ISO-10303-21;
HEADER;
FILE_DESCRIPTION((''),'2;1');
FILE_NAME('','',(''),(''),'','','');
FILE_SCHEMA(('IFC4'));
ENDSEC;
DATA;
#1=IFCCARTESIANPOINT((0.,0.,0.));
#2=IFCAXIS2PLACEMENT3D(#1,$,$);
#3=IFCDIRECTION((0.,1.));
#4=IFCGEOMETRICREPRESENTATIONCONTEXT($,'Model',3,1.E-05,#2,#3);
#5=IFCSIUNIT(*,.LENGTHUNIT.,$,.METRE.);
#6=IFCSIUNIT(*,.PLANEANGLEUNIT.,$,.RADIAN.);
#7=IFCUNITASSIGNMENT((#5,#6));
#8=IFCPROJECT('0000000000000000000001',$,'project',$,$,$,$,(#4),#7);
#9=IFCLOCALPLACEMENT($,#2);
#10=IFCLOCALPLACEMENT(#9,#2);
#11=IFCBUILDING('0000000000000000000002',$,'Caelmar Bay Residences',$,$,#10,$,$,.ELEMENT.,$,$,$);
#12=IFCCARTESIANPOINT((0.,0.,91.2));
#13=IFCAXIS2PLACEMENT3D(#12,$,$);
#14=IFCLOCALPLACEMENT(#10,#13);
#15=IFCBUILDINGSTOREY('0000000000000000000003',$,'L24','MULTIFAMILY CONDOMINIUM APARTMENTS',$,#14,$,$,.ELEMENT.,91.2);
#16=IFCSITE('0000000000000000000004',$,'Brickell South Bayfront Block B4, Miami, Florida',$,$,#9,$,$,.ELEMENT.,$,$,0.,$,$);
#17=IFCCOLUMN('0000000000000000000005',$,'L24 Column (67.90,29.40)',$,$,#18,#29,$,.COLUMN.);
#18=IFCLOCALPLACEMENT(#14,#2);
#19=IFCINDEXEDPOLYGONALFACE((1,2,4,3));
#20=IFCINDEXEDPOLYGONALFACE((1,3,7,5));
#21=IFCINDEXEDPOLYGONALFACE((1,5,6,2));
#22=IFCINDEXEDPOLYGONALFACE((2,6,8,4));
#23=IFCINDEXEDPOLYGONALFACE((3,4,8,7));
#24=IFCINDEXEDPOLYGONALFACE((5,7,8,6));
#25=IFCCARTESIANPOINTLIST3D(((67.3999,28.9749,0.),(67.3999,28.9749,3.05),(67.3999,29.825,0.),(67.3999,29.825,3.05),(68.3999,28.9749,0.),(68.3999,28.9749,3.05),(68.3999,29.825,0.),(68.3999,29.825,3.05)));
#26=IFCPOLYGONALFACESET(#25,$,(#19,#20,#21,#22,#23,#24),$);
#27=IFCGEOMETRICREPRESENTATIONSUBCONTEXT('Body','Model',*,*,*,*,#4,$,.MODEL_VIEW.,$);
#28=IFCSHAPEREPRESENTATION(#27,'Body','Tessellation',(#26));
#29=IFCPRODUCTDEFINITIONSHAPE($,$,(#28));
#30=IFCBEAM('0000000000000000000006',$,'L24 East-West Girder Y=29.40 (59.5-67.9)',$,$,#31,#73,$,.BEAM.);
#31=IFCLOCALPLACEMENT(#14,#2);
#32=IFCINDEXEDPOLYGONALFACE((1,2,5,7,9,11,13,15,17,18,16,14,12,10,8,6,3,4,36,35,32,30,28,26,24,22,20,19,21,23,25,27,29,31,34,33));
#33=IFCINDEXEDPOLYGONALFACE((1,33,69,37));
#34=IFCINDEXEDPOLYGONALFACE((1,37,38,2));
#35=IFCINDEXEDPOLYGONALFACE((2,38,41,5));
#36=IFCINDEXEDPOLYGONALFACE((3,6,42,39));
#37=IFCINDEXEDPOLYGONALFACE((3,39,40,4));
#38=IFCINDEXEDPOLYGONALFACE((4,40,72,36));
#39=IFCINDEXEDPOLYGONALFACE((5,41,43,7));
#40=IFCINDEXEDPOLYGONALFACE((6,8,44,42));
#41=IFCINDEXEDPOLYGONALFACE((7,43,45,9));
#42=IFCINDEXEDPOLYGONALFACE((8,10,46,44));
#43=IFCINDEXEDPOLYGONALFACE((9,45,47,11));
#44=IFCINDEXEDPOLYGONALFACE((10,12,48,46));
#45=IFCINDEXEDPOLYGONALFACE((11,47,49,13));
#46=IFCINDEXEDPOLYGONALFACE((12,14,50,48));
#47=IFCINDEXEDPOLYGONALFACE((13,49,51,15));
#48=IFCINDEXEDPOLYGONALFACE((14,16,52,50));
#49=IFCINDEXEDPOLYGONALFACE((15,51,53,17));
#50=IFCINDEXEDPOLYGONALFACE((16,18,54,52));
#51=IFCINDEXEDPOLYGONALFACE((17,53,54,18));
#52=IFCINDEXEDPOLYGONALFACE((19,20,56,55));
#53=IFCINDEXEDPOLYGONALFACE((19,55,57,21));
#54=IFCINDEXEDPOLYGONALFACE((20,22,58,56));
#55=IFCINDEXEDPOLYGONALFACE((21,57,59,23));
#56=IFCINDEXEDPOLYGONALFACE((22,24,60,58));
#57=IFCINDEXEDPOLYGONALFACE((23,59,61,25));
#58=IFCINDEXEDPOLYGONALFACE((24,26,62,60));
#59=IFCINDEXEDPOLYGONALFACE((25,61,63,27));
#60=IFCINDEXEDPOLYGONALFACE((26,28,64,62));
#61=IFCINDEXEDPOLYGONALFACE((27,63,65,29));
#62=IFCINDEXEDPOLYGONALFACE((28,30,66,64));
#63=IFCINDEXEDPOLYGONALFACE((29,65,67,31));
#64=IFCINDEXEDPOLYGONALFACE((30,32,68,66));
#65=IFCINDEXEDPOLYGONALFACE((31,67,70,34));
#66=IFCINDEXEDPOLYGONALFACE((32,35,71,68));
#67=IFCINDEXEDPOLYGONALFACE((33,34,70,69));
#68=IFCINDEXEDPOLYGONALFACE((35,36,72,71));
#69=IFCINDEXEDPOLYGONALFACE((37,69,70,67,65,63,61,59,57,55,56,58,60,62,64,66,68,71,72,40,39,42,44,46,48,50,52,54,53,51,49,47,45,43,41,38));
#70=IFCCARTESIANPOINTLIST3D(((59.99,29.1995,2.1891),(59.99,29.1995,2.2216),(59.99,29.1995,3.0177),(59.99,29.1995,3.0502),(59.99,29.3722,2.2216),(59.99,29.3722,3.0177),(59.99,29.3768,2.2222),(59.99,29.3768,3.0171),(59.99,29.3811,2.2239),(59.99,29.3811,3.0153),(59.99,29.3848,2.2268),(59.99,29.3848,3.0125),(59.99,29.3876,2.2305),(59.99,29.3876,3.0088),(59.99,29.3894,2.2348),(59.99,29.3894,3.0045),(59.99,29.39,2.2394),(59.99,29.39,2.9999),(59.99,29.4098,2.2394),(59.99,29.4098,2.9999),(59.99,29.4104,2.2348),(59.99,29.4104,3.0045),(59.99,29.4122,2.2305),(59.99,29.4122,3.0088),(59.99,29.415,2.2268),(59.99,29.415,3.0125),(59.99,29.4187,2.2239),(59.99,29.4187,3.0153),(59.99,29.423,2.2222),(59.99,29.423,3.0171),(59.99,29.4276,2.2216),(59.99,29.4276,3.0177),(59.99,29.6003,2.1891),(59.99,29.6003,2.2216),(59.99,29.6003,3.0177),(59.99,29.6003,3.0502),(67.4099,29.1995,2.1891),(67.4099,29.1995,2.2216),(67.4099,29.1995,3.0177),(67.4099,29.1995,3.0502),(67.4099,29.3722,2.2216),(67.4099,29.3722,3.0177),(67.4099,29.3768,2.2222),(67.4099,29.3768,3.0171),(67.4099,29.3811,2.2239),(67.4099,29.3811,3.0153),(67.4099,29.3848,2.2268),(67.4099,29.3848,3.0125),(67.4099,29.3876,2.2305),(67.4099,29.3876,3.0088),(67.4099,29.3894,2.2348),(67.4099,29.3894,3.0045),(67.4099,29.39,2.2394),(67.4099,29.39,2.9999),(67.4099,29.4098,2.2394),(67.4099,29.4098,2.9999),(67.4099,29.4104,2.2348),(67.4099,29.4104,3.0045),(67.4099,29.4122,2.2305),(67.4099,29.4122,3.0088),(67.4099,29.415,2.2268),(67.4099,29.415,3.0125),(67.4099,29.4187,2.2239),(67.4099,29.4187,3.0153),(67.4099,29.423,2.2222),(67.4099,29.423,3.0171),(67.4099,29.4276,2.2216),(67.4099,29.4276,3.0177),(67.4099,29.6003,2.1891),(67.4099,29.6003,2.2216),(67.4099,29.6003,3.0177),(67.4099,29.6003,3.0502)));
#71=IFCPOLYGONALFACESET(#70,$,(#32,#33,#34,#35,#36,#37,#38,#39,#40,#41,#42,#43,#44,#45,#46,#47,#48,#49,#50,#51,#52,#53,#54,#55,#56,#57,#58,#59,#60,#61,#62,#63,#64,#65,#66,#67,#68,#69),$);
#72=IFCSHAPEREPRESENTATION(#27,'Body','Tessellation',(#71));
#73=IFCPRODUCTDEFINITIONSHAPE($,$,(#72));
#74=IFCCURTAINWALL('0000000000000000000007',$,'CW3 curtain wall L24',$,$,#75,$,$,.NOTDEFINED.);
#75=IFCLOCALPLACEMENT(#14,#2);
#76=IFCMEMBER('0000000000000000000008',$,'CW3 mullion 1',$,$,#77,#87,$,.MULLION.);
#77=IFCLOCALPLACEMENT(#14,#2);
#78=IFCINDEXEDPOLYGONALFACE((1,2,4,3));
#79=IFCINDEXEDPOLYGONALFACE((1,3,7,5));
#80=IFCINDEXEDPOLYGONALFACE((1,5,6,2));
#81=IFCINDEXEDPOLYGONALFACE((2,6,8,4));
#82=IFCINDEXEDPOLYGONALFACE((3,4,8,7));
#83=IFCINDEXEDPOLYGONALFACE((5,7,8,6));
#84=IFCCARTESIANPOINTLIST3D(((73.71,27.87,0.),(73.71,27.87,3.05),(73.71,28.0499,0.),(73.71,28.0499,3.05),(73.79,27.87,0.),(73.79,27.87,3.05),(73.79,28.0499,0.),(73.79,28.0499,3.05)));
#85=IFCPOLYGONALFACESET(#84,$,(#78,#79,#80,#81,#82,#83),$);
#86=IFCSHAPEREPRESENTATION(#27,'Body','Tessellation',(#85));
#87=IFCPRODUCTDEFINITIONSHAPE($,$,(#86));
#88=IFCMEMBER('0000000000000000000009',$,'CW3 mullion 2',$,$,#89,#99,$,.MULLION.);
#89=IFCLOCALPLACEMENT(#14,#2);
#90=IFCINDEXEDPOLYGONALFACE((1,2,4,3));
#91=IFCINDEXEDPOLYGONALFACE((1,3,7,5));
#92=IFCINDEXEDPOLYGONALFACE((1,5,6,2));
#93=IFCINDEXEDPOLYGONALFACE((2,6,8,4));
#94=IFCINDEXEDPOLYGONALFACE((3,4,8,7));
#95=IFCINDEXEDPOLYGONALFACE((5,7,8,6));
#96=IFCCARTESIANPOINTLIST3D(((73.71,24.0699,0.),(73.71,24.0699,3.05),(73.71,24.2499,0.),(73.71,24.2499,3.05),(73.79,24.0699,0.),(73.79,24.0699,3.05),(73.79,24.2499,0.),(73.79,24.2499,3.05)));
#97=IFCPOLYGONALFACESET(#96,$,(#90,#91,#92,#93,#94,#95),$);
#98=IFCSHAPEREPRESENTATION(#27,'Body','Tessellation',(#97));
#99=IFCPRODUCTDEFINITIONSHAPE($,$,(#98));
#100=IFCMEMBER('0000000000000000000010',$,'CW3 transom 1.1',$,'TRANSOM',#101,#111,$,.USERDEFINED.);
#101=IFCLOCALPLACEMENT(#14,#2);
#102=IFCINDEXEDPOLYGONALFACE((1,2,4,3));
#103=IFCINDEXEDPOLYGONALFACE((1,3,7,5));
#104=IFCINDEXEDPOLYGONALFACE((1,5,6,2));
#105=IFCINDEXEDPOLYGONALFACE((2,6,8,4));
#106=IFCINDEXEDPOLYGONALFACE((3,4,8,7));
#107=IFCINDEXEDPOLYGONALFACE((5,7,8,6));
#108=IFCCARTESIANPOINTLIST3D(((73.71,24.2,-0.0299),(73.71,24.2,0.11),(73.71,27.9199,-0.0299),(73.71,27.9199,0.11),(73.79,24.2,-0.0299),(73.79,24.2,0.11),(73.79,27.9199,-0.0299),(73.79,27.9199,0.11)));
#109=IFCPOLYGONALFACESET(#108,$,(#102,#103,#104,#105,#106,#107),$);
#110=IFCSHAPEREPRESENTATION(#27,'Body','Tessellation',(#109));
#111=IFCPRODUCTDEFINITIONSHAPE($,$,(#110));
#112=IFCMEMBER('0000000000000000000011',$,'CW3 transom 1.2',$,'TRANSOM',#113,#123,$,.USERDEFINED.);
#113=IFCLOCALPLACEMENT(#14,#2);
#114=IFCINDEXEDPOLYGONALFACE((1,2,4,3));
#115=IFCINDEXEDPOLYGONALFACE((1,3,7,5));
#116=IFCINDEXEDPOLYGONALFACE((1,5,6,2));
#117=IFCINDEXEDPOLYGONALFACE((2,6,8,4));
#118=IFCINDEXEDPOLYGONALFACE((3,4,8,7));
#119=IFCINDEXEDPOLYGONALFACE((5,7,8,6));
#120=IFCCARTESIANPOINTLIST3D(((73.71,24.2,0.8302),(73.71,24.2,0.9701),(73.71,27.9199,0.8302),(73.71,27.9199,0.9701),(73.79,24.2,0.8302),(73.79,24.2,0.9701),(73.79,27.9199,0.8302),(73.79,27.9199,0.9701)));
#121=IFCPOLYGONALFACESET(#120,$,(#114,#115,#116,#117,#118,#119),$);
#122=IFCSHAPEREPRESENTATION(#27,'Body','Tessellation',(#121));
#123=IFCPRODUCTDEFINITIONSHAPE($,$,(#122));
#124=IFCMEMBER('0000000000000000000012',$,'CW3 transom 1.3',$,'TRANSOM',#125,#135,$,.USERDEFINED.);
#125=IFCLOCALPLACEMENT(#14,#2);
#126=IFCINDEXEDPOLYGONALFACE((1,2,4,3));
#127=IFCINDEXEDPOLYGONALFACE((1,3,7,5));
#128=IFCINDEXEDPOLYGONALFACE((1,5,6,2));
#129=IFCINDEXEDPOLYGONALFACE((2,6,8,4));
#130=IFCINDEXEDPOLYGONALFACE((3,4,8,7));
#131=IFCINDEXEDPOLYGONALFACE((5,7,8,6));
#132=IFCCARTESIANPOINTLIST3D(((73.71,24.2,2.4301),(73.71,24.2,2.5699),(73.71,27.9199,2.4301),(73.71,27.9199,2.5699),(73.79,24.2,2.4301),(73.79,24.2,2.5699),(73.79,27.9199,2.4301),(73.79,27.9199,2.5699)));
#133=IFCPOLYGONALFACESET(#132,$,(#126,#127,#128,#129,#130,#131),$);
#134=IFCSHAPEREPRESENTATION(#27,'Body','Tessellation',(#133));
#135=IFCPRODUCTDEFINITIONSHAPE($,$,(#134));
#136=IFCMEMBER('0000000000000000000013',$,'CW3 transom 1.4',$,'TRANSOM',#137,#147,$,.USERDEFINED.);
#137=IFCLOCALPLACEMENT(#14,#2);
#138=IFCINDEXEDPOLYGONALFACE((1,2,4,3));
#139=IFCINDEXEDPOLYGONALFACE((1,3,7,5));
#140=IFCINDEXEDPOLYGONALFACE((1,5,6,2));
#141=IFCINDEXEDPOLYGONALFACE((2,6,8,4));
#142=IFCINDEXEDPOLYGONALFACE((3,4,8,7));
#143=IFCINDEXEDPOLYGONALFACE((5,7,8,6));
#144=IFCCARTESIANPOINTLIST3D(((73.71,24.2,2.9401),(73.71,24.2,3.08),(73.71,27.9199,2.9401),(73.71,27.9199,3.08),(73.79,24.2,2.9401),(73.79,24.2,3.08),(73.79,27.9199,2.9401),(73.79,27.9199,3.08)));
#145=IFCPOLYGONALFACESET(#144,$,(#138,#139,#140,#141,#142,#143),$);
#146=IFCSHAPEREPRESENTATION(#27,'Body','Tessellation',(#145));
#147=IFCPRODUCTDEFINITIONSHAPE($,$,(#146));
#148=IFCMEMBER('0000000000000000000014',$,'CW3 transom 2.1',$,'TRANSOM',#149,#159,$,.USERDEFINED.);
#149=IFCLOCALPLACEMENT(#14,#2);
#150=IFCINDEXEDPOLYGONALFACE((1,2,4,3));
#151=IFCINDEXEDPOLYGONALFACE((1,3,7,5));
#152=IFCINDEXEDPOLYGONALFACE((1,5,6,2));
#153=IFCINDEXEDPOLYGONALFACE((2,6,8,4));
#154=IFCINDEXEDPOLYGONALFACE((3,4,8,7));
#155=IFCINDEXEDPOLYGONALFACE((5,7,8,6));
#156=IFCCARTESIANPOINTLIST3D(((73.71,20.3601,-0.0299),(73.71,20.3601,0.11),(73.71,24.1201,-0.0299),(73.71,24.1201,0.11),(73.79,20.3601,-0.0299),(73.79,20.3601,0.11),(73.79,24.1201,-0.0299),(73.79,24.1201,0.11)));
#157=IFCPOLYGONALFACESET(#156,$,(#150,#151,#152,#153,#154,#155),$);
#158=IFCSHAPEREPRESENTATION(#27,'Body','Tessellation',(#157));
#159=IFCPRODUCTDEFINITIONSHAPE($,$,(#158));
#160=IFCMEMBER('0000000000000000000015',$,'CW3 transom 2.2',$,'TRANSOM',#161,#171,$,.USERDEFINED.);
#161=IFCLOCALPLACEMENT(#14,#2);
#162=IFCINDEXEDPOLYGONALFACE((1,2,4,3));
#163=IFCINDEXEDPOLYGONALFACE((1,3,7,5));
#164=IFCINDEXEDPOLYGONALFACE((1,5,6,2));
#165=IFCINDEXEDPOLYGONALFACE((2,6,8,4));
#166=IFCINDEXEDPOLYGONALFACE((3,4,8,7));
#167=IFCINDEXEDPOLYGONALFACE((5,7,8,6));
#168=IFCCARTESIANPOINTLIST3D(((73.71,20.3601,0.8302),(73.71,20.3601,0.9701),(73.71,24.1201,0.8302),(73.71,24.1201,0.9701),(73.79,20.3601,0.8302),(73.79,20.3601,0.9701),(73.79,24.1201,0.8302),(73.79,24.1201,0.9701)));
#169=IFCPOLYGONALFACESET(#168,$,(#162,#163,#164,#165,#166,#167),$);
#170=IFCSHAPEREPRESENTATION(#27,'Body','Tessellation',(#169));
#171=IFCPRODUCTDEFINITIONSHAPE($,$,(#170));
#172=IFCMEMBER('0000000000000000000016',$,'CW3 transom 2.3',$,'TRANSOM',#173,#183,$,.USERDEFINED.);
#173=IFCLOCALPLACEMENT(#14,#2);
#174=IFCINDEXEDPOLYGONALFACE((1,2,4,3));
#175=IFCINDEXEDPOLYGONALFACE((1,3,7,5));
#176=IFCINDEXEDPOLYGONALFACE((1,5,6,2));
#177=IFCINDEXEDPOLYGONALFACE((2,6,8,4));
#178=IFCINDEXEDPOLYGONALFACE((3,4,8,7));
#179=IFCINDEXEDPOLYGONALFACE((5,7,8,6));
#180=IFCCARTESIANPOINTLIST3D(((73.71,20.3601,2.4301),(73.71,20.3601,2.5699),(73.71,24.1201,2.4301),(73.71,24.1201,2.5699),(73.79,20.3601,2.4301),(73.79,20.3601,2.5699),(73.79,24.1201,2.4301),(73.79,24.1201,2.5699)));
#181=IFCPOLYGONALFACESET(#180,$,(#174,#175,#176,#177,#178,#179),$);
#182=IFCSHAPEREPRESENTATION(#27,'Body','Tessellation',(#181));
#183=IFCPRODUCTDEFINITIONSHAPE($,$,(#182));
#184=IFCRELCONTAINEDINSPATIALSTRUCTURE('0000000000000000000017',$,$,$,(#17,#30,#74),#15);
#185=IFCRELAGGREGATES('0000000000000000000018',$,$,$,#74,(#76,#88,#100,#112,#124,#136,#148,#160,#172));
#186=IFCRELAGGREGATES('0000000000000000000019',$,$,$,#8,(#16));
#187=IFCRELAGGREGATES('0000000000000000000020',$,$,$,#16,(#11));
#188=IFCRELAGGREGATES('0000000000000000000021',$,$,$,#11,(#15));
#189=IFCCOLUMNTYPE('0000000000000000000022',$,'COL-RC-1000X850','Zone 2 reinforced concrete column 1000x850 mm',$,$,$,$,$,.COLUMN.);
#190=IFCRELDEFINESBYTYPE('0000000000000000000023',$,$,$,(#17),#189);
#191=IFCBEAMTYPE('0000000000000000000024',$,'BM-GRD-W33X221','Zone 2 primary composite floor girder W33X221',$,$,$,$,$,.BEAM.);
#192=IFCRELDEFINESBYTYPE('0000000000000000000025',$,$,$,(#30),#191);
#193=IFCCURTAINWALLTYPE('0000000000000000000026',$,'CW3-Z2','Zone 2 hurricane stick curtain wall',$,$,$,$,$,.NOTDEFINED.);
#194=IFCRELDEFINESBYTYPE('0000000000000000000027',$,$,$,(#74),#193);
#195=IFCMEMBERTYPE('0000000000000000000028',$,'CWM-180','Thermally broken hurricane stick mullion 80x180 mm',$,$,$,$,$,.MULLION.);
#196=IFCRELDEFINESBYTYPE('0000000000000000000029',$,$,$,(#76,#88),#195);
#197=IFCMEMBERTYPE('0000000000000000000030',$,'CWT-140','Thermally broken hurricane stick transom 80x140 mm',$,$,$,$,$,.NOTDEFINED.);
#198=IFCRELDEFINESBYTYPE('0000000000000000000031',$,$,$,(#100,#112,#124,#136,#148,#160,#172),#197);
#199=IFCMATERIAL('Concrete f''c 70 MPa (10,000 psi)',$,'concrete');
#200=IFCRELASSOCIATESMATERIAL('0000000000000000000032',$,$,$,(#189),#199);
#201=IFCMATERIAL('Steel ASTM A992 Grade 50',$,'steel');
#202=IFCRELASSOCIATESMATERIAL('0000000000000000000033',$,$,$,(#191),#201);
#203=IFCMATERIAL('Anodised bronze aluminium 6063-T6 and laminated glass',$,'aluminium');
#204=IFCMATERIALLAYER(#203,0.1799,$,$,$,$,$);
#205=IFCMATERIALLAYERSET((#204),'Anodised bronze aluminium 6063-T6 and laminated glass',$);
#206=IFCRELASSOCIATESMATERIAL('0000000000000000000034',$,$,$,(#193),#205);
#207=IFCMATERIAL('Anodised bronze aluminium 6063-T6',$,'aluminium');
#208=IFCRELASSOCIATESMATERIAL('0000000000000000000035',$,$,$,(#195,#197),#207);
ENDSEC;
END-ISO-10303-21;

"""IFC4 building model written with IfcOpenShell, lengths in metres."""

from ifc_helpers import new_model, si_unit, direction, frame, origin, origin_2d, place, context, subcontext, project, spatial, rectangle, i_section, extrude, material, layer, layer_set, material_profile, profile_set, type_object, element, aggregate, save


model = new_model("IFC4")

# Units and contexts
model_context = context("Model", 3, precision=1e-05, world=origin(), true_north=direction((0.0, 1.0)))
body_context = subcontext(model_context, "Body", "Model", "MODEL_VIEW")
ifc_project = project(units=[si_unit("LENGTHUNIT", "METRE"), si_unit("PLANEANGLEUNIT", "RADIAN")], contexts=[model_context])

# Site, building, storey
site_placement = place(None, origin())
site = spatial("IfcSite", under=ifc_project, at=site_placement, Name="Brickell South Bayfront Block B4, Miami, Florida", CompositionType="ELEMENT", RefElevation=0.0)
building_placement = place(site_placement, origin())
building = spatial("IfcBuilding", under=site, at=building_placement, Name="Caelmar Bay Residences", CompositionType="ELEMENT")
storey_placement = place(building_placement, frame((0.0, 0.0, 91.2)))
storey = spatial("IfcBuildingStorey", under=building, at=storey_placement, Name="L24", Description="MULTIFAMILY CONDOMINIUM APARTMENTS", CompositionType="ELEMENT", Elevation=91.2)

# Column
ifc_material_1 = material(Name="Concrete f'c 70 MPa (10,000 psi)", Category="concrete")
ifc_material_profile_1 = material_profile(ifc_material_1, rectangle(XDim=1.0, YDim=0.8501, at=origin_2d()), Name="RC-COL-1000X850")
ifc_profile_set_1 = profile_set([ifc_material_profile_1], Name="Concrete f'c 70 MPa (10,000 psi)")
column_type = type_object("IfcColumnType", Name="COL-RC-1000X850", Description="Zone 2 reinforced concrete column 1000x850 mm", PredefinedType="COLUMN", material=ifc_profile_set_1)
column_placement = place(storey_placement, frame((67.8999, 29.3999, 0.0), z_axis=(0.0, 0.0, 1.0), x_axis=(1.0, 0.0, 0.0)))
element("IfcColumn", 1, at=column_placement, inside=storey, type_object=column_type, Name="L24 Column (67.90,29.40)", PredefinedType="COLUMN", context=body_context, shape_type="SweptSolid", body=[
    extrude(rectangle(XDim=1.0, YDim=0.8501, at=origin_2d()), origin(), (0.0, 0.0, 1.0), 3.05),
])

# Beam
ifc_material_2 = material(Name="Steel ASTM A992 Grade 50", Category="steel")
ifc_material_profile_2 = material_profile(ifc_material_2, i_section(OverallWidth=0.4009, OverallDepth=0.8611, WebThickness=0.0198, FlangeThickness=0.0325, FilletRadius=0.0178, at=origin_2d()), Name="W33X221")
ifc_profile_set_2 = profile_set([ifc_material_profile_2], Name="Steel ASTM A992 Grade 50")
beam_type = type_object("IfcBeamType", Name="BM-GRD-W33X221", Description="Zone 2 primary composite floor girder W33X221", PredefinedType="BEAM", material=ifc_profile_set_2)
beam_placement = place(storey_placement, frame((59.99, 29.3999, 2.6196), z_axis=(1.0, 0.0, 0.0), x_axis=(0.0, 1.0, 0.0)))
element("IfcBeam", 2, at=beam_placement, inside=storey, type_object=beam_type, Name="L24 East-West Girder Y=29.40 (59.5-67.9)", PredefinedType="BEAM", context=body_context, shape_type="SweptSolid", body=[
    extrude(i_section(OverallWidth=0.4009, OverallDepth=0.8611, WebThickness=0.0198, FlangeThickness=0.0325, FilletRadius=0.0178, at=origin_2d()), origin(), (0.0, 0.0, 1.0), 7.4199),
])

# Curtain wall, members
ifc_material_3 = material(Name="Anodised bronze aluminium 6063-T6 and laminated glass", Category="aluminium")
ifc_layer_1 = layer(ifc_material_3, 0.1799)
ifc_layer_set_1 = layer_set([ifc_layer_1], Name="Anodised bronze aluminium 6063-T6 and laminated glass")
curtain_wall_type = type_object("IfcCurtainWallType", Name="CW3-Z2", Description="Zone 2 hurricane stick curtain wall", PredefinedType="NOTDEFINED", material=ifc_layer_set_1)
curtain_wall_placement = place(storey_placement, origin())
curtain_wall = element("IfcCurtainWall", 3, at=curtain_wall_placement, inside=storey, type_object=curtain_wall_type, Name="CW3 curtain wall L24", PredefinedType="NOTDEFINED")
ifc_material_4 = material(Name="Anodised bronze aluminium 6063-T6", Category="aluminium")
ifc_material_profile_3 = material_profile(ifc_material_4, rectangle(XDim=0.0801, YDim=0.1799, at=origin_2d()), Name="CWM-80X180")
ifc_profile_set_3 = profile_set([ifc_material_profile_3], Name="Anodised bronze aluminium 6063-T6")
member_type_1 = type_object("IfcMemberType", Name="CWM-180", Description="Thermally broken hurricane stick mullion 80x180 mm", PredefinedType="MULLION", material=ifc_profile_set_3)
member_1_placement = place(storey_placement, frame((73.75, 27.96, 0.0), z_axis=(0.0, 0.0, 1.0), x_axis=(1.0, 0.0, 0.0)))
member_1 = element("IfcMember", 4, at=member_1_placement, type_object=member_type_1, Name="CW3 mullion 1", PredefinedType="MULLION", context=body_context, shape_type="SweptSolid", body=[
    extrude(rectangle(XDim=0.0801, YDim=0.1799, at=origin_2d()), origin(), (0.0, 0.0, 1.0), 3.05),
])
member_2_placement = place(storey_placement, frame((73.75, 24.1599, 0.0), z_axis=(0.0, 0.0, 1.0), x_axis=(1.0, 0.0, 0.0)))
member_2 = element("IfcMember", 5, at=member_2_placement, type_object=member_type_1, Name="CW3 mullion 2", PredefinedType="MULLION", context=body_context, shape_type="SweptSolid", body=[
    extrude(rectangle(XDim=0.0801, YDim=0.1799, at=origin_2d()), origin(), (0.0, 0.0, 1.0), 3.05),
])
ifc_material_profile_4 = material_profile(ifc_material_4, rectangle(XDim=0.0801, YDim=0.1399, at=origin_2d()), Name="CWT-80X140")
ifc_profile_set_4 = profile_set([ifc_material_profile_4], Name="Anodised bronze aluminium 6063-T6")
member_type_2 = type_object("IfcMemberType", Name="CWT-140", Description="Thermally broken hurricane stick transom 80x140 mm", PredefinedType="NOTDEFINED", material=ifc_profile_set_4)
member_3_placement = place(storey_placement, frame((73.75, 27.9199, 0.04), z_axis=(0.0, -1.0, 0.0), x_axis=(1.0, 0.0, 0.0)))
member_3 = element("IfcMember", 6, at=member_3_placement, type_object=member_type_2, Name="CW3 transom 1.1", ObjectType="TRANSOM", PredefinedType="USERDEFINED", context=body_context, shape_type="SweptSolid", body=[
    extrude(rectangle(XDim=0.0801, YDim=0.1399, at=origin_2d()), origin(), (0.0, 0.0, 1.0), 3.72),
])
member_4_placement = place(storey_placement, frame((73.75, 27.9199, 0.9001), z_axis=(0.0, -1.0, 0.0), x_axis=(1.0, 0.0, 0.0)))
member_4 = element("IfcMember", 7, at=member_4_placement, type_object=member_type_2, Name="CW3 transom 1.2", ObjectType="TRANSOM", PredefinedType="USERDEFINED", context=body_context, shape_type="SweptSolid", body=[
    extrude(rectangle(XDim=0.0801, YDim=0.1399, at=origin_2d()), origin(), (0.0, 0.0, 1.0), 3.72),
])
member_5_placement = place(storey_placement, frame((73.75, 27.9199, 2.5), z_axis=(0.0, -1.0, 0.0), x_axis=(1.0, 0.0, 0.0)))
member_5 = element("IfcMember", 8, at=member_5_placement, type_object=member_type_2, Name="CW3 transom 1.3", ObjectType="TRANSOM", PredefinedType="USERDEFINED", context=body_context, shape_type="SweptSolid", body=[
    extrude(rectangle(XDim=0.0801, YDim=0.1399, at=origin_2d()), origin(), (0.0, 0.0, 1.0), 3.72),
])
member_6_placement = place(storey_placement, frame((73.75, 27.9199, 3.01), z_axis=(0.0, -1.0, 0.0), x_axis=(1.0, 0.0, 0.0)))
member_6 = element("IfcMember", 9, at=member_6_placement, type_object=member_type_2, Name="CW3 transom 1.4", ObjectType="TRANSOM", PredefinedType="USERDEFINED", context=body_context, shape_type="SweptSolid", body=[
    extrude(rectangle(XDim=0.0801, YDim=0.1399, at=origin_2d()), origin(), (0.0, 0.0, 1.0), 3.72),
])
member_7_placement = place(storey_placement, frame((73.75, 24.1201, 0.04), z_axis=(0.0, -1.0, 0.0), x_axis=(1.0, 0.0, 0.0)))
member_7 = element("IfcMember", 10, at=member_7_placement, type_object=member_type_2, Name="CW3 transom 2.1", ObjectType="TRANSOM", PredefinedType="USERDEFINED", context=body_context, shape_type="SweptSolid", body=[
    extrude(rectangle(XDim=0.0801, YDim=0.1399, at=origin_2d()), origin(), (0.0, 0.0, 1.0), 3.76),
])
member_8_placement = place(storey_placement, frame((73.75, 24.1201, 0.9001), z_axis=(0.0, -1.0, 0.0), x_axis=(1.0, 0.0, 0.0)))
member_8 = element("IfcMember", 11, at=member_8_placement, type_object=member_type_2, Name="CW3 transom 2.2", ObjectType="TRANSOM", PredefinedType="USERDEFINED", context=body_context, shape_type="SweptSolid", body=[
    extrude(rectangle(XDim=0.0801, YDim=0.1399, at=origin_2d()), origin(), (0.0, 0.0, 1.0), 3.76),
])
member_9_placement = place(storey_placement, frame((73.75, 24.1201, 2.5), z_axis=(0.0, -1.0, 0.0), x_axis=(1.0, 0.0, 0.0)))
member_9 = element("IfcMember", 12, at=member_9_placement, type_object=member_type_2, Name="CW3 transom 2.3", ObjectType="TRANSOM", PredefinedType="USERDEFINED", context=body_context, shape_type="SweptSolid", body=[
    extrude(rectangle(XDim=0.0801, YDim=0.1399, at=origin_2d()), origin(), (0.0, 0.0, 1.0), 3.76),
])
aggregate(curtain_wall, [member_1, member_2, member_3, member_4, member_5, member_6, member_7, member_8, member_9])

save(model, "model.ifc")
